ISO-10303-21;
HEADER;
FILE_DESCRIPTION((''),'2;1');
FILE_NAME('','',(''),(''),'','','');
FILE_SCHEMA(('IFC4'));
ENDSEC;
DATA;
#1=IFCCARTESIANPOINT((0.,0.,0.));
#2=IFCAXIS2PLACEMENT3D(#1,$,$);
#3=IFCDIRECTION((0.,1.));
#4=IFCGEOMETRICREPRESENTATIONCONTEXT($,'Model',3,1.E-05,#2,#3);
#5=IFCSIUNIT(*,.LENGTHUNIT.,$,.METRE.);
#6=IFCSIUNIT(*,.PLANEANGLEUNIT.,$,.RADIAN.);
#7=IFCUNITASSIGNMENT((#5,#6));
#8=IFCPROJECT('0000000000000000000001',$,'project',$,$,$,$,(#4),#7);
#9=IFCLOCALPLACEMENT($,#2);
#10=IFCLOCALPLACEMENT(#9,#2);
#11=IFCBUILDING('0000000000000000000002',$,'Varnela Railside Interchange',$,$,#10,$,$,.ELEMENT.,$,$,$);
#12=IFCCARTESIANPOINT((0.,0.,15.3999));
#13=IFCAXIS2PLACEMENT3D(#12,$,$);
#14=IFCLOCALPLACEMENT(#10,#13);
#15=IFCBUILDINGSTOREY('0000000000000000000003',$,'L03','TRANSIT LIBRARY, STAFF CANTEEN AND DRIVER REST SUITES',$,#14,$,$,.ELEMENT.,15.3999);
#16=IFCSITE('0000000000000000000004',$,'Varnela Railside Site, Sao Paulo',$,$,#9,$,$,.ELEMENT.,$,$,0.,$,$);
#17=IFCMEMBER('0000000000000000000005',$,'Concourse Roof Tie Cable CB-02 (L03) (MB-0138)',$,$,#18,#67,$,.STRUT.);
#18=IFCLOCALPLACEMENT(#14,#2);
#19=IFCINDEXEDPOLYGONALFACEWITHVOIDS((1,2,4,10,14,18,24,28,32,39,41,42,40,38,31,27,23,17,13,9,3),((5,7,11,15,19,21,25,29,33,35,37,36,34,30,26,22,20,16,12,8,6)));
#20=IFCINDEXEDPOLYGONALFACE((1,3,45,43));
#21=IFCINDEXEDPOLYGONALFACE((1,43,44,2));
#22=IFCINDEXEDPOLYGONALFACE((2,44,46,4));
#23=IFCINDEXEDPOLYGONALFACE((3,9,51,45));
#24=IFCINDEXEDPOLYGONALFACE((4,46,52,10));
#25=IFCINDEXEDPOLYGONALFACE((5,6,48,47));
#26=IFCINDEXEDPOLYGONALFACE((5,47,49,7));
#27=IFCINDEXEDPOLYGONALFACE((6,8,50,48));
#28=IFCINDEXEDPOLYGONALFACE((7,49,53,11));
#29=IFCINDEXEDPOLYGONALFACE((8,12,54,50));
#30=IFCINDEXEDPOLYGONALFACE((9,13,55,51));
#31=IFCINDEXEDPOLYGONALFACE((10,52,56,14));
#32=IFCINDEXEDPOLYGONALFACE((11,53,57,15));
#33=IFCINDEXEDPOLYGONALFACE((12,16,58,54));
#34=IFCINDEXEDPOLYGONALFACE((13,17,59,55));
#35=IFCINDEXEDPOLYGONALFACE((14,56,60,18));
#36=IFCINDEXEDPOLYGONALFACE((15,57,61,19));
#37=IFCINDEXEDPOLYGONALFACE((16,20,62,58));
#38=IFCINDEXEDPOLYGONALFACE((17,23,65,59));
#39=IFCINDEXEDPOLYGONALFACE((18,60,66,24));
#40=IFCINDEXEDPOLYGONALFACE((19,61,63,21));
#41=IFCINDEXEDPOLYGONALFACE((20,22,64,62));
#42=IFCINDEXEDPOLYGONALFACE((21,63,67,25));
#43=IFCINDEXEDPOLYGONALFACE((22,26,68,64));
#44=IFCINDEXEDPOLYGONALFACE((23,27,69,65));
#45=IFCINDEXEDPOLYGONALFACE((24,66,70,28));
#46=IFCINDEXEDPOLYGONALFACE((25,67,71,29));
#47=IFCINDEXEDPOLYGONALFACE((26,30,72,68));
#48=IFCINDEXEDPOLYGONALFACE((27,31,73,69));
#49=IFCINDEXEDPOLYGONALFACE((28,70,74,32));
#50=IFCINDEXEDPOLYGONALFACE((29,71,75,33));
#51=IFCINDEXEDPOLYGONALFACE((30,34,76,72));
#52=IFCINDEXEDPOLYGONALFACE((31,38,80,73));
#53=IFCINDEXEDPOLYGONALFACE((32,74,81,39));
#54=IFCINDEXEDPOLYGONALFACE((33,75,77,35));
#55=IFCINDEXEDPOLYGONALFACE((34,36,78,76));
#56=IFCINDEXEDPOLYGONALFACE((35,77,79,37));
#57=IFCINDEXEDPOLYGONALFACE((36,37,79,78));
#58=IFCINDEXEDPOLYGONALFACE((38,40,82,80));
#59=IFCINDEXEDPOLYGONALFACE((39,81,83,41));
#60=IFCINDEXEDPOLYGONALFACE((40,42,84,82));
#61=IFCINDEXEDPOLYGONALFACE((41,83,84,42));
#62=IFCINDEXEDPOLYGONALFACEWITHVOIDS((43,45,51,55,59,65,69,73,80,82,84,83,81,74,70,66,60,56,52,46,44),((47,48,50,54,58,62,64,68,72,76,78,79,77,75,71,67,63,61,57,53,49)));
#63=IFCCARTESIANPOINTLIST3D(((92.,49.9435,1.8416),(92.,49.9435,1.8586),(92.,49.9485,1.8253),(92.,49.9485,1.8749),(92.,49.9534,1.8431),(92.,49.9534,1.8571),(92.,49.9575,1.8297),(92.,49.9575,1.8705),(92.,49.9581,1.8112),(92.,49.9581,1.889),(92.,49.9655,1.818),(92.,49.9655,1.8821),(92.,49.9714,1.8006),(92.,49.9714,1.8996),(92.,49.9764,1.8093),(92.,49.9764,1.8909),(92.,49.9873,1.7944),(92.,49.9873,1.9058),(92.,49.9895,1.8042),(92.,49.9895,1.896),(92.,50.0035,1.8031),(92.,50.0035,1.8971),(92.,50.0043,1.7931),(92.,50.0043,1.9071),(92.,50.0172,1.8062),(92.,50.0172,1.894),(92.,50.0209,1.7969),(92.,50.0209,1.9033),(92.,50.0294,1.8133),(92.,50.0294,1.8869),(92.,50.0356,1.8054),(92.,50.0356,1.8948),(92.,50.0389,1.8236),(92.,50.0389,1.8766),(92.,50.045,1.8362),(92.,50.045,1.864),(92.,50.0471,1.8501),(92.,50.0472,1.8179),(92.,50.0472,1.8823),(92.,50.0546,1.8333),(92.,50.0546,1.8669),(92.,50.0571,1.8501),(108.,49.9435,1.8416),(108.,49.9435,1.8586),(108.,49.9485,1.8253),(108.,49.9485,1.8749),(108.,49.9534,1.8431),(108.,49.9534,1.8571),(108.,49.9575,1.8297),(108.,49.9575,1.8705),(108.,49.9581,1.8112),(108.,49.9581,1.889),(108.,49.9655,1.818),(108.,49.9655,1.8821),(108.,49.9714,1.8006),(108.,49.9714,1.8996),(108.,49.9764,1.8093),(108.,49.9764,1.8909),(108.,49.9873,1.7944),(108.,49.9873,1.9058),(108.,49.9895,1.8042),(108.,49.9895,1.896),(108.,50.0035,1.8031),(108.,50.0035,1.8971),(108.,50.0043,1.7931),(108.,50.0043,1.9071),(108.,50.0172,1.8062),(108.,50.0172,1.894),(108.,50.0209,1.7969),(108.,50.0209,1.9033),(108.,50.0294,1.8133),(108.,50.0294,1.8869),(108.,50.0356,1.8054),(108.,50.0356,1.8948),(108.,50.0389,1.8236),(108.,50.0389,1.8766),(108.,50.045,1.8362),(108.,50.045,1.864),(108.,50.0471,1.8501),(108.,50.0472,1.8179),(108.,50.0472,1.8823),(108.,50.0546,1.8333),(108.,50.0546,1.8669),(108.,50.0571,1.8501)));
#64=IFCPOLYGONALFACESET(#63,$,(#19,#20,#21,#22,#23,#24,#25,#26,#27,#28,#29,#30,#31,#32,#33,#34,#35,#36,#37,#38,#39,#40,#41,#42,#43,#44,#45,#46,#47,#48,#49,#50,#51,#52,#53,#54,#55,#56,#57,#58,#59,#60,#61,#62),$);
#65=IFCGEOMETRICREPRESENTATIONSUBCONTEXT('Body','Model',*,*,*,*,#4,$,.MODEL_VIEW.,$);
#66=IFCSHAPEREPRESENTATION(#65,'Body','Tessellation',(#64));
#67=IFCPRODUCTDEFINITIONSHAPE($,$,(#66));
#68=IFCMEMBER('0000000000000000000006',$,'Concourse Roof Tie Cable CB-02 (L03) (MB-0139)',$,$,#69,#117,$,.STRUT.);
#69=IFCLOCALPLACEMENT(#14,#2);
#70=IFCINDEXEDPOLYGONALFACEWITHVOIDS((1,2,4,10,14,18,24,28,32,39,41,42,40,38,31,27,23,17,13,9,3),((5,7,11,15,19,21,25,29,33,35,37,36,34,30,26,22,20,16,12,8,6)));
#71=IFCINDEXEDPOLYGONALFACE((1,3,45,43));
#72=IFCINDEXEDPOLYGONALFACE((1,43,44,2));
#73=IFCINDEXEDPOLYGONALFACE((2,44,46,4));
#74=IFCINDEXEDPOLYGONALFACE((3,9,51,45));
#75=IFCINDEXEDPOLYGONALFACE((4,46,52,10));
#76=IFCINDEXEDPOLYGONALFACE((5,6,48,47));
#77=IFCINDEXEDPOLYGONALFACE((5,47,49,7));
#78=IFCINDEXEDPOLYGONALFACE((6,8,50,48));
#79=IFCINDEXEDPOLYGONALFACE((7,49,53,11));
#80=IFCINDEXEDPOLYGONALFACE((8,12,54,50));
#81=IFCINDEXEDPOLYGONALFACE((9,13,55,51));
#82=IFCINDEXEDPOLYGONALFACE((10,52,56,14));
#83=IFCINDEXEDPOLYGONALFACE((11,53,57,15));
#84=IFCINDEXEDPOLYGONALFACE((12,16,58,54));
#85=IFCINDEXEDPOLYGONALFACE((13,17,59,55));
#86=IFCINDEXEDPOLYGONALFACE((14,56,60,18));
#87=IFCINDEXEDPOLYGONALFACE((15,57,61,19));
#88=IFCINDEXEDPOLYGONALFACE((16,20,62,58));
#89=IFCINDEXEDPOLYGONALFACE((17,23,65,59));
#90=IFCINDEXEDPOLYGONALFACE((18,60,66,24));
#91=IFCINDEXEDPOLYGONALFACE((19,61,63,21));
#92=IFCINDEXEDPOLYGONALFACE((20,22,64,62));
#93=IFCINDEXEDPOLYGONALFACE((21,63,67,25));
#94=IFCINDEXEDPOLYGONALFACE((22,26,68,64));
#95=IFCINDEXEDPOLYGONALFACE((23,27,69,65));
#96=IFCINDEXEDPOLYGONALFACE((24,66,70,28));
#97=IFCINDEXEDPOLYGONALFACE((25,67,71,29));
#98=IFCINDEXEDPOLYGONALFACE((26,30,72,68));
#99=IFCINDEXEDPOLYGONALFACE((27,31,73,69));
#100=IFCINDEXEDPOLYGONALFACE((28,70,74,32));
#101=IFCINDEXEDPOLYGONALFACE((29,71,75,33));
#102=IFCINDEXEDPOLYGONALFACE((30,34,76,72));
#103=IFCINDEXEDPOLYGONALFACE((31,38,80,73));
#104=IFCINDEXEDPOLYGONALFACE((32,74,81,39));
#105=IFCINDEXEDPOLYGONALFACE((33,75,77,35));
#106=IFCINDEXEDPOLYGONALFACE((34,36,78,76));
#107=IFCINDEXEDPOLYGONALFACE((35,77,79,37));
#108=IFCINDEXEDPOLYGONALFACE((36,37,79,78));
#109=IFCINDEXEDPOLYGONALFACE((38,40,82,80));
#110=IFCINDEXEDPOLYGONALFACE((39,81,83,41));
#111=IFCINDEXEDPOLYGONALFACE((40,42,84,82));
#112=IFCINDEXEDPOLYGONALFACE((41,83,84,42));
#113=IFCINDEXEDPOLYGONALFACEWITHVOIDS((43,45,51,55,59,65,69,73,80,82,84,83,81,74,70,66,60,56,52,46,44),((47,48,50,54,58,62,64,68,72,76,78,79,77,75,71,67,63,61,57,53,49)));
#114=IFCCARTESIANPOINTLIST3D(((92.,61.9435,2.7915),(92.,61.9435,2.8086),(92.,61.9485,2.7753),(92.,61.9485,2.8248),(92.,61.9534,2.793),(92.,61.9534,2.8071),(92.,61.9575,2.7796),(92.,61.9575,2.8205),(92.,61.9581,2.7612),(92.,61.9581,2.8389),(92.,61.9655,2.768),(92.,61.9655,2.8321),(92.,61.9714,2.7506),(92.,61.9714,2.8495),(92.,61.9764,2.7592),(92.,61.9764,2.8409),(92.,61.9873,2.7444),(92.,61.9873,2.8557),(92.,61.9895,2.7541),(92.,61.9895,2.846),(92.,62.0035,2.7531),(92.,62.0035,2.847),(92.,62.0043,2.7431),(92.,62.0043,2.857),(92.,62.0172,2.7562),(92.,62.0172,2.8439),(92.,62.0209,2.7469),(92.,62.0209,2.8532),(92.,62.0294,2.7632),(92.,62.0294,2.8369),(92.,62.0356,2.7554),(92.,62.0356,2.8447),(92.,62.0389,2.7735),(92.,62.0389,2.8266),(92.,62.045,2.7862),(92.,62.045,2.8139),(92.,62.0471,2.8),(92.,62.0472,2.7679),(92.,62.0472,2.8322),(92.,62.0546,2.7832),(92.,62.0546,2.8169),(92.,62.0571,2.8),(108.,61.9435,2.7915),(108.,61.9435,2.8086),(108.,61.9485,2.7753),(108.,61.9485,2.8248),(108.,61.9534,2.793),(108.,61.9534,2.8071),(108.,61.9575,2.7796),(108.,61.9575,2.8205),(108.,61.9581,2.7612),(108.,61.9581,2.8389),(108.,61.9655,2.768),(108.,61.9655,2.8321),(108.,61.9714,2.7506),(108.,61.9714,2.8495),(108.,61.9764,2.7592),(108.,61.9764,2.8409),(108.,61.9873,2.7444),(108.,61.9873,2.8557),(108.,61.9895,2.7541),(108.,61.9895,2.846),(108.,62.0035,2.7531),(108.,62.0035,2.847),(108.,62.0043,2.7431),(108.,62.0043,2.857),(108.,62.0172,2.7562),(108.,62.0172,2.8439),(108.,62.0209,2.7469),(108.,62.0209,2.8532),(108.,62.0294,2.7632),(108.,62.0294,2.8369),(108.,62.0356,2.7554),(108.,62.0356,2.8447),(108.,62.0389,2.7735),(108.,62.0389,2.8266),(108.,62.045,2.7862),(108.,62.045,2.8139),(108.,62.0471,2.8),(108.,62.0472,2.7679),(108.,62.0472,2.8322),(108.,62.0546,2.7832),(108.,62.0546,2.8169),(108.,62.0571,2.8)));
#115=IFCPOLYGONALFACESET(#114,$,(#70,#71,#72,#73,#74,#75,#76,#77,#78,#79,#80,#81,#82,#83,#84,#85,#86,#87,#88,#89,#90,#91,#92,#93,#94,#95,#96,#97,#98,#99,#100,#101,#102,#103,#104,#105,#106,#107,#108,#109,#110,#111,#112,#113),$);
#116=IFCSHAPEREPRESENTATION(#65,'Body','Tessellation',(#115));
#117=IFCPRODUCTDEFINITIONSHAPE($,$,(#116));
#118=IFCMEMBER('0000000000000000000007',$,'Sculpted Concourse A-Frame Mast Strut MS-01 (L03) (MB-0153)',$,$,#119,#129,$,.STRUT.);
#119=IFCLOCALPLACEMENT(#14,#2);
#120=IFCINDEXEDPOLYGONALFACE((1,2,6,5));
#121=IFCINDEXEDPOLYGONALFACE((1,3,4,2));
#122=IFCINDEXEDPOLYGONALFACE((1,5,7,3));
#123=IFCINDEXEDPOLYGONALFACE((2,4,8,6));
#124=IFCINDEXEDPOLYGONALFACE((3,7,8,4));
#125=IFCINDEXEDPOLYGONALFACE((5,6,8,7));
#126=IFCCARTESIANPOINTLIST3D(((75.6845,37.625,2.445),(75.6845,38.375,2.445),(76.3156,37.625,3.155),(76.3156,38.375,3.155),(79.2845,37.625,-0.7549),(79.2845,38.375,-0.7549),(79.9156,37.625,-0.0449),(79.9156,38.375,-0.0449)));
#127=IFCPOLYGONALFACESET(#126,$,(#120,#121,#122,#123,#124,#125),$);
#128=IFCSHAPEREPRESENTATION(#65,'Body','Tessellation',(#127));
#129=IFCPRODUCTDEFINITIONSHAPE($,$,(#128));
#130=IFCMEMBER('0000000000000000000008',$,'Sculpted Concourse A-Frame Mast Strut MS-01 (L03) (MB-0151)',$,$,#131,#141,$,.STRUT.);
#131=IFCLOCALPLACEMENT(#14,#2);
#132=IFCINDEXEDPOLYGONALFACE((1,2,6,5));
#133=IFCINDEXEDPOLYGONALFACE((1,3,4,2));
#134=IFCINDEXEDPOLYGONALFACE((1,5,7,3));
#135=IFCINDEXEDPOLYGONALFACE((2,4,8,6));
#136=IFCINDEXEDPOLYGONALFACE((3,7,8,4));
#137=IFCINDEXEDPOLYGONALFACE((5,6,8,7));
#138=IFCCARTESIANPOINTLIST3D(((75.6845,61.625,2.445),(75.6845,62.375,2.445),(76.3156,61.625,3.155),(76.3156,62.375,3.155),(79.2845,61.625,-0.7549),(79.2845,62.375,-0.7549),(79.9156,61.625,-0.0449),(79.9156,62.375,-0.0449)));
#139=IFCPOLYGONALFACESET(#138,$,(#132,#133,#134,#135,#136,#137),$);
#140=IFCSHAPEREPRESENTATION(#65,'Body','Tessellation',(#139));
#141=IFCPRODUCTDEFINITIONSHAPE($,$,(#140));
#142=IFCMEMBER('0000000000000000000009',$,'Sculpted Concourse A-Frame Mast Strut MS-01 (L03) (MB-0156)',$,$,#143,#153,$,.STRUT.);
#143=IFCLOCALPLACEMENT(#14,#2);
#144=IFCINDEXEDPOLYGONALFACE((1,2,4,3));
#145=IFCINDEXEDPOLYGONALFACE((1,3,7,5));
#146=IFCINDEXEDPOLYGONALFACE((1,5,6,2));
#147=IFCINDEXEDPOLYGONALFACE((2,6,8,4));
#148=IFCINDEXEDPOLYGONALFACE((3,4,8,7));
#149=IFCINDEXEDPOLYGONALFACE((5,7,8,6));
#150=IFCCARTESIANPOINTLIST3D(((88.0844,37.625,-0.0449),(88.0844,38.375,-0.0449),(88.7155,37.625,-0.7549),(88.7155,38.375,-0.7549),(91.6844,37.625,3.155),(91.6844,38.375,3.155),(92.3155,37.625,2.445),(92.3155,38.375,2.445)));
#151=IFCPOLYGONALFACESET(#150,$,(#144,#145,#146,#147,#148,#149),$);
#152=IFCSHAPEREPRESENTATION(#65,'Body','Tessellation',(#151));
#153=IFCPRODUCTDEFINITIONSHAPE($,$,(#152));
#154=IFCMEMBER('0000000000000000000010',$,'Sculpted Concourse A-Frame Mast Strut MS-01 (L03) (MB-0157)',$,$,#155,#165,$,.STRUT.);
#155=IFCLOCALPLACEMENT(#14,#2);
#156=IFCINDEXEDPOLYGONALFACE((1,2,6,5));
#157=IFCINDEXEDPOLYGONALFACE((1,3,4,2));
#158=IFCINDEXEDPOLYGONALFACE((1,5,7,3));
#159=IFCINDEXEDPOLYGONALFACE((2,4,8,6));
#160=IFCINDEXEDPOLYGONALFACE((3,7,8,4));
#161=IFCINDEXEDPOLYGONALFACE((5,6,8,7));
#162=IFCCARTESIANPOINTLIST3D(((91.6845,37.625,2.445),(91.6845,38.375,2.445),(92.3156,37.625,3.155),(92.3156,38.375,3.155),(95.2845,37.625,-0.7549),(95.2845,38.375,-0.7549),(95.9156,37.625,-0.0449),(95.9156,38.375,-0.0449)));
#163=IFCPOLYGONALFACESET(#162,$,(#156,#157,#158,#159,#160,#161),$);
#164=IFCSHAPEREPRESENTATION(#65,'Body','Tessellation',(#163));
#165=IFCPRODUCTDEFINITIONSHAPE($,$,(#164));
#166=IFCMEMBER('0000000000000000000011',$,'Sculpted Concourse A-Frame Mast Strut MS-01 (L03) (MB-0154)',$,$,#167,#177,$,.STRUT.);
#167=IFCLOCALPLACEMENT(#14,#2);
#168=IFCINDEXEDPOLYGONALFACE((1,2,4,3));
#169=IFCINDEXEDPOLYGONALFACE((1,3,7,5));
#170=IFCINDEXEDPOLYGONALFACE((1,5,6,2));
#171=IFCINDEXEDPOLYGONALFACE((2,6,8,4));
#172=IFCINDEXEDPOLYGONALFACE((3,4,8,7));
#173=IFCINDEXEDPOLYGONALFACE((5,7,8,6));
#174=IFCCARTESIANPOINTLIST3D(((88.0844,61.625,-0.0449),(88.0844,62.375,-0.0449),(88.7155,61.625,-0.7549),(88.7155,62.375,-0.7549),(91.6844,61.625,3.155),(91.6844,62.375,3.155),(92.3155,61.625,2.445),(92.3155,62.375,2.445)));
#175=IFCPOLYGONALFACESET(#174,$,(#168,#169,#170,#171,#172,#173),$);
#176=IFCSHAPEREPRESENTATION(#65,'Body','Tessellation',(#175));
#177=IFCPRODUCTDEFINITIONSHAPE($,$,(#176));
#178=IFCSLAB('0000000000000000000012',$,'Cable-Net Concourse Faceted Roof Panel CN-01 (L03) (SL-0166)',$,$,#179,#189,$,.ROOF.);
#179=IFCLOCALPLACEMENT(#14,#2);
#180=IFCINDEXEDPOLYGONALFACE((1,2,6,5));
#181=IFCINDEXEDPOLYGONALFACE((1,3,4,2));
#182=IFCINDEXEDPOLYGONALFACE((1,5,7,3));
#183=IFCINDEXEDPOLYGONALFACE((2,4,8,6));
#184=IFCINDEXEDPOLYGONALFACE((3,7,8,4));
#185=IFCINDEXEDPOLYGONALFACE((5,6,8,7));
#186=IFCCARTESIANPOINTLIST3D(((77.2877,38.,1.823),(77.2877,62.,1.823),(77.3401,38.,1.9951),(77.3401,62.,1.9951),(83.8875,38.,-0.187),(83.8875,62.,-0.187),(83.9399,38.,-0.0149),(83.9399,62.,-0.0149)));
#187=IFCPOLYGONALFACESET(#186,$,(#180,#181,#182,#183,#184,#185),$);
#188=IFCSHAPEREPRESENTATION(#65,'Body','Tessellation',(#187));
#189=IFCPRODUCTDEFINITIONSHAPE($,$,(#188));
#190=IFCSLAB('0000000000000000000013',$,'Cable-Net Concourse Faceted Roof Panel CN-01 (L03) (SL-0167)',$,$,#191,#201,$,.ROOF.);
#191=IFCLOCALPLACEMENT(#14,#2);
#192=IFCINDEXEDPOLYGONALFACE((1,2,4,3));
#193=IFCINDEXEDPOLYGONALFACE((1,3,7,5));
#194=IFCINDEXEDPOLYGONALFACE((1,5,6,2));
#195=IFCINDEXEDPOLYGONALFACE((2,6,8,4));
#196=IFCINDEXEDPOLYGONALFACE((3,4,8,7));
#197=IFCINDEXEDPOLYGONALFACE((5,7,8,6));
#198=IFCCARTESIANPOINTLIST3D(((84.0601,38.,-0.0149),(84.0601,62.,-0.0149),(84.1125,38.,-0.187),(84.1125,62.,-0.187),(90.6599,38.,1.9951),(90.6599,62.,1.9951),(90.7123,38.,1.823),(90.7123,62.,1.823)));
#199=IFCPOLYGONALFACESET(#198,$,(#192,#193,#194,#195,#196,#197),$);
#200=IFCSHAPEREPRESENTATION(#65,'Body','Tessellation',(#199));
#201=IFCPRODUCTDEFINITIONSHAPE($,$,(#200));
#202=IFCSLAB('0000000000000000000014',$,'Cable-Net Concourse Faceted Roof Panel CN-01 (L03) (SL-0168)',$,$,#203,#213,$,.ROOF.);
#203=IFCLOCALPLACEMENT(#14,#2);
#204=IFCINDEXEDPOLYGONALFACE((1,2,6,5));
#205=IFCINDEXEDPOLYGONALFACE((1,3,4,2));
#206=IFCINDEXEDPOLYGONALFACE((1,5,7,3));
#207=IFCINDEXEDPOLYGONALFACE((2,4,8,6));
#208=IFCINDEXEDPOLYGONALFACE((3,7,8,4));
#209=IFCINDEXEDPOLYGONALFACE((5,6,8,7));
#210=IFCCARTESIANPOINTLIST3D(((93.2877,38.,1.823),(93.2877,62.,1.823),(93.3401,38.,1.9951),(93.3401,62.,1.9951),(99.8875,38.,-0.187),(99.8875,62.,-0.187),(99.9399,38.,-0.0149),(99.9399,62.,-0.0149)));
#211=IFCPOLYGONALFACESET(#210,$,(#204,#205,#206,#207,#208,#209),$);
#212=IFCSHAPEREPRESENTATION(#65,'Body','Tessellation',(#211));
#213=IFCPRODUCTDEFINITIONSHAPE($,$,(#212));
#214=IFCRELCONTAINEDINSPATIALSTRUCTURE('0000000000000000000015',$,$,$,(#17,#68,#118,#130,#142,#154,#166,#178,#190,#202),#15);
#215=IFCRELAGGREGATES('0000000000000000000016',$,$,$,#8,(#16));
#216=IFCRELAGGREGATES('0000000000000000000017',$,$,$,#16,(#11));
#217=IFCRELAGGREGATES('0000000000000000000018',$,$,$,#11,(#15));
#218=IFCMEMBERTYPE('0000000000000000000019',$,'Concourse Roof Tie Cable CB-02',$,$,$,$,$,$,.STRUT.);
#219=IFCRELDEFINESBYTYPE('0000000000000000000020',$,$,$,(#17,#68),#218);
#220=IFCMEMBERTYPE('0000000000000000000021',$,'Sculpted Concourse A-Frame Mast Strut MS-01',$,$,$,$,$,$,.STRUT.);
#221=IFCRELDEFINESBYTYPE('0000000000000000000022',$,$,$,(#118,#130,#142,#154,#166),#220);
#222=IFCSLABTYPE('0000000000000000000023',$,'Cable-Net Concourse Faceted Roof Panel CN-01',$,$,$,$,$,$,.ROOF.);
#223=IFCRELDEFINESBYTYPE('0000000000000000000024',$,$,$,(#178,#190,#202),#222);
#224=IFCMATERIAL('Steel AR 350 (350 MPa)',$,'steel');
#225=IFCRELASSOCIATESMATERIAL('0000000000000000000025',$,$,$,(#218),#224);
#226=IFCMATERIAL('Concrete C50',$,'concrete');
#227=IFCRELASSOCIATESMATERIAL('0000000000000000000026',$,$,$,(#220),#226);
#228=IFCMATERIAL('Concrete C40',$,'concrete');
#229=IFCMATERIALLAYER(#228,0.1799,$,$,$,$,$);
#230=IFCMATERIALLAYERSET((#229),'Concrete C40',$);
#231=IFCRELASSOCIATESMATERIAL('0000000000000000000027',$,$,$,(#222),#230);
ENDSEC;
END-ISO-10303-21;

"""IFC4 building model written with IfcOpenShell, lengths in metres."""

from ifc_helpers import new_model, si_unit, direction, frame, origin, origin_2d, place, context, subcontext, project, spatial, polyline, rectangle, hollow_circle, outline, extrude, material, layer, layer_set, material_profile, profile_set, type_object, element, save


model = new_model("IFC4")

# Units and contexts
model_context = context("Model", 3, precision=1e-05, world=origin(), true_north=direction((0.0, 1.0)))
body_context = subcontext(model_context, "Body", "Model", "MODEL_VIEW")
ifc_project = project(units=[si_unit("LENGTHUNIT", "METRE"), si_unit("PLANEANGLEUNIT", "RADIAN")], contexts=[model_context])

# Site, building, storey
site_placement = place(None, origin())
site = spatial("IfcSite", under=ifc_project, at=site_placement, Name="Varnela Railside Site, Sao Paulo", CompositionType="ELEMENT", RefElevation=0.0)
building_placement = place(site_placement, origin())
building = spatial("IfcBuilding", under=site, at=building_placement, Name="Varnela Railside Interchange", CompositionType="ELEMENT")
storey_placement = place(building_placement, frame((0.0, 0.0, 15.3999)))
storey = spatial("IfcBuildingStorey", under=building, at=storey_placement, Name="L03", Description="TRANSIT LIBRARY, STAFF CANTEEN AND DRIVER REST SUITES", CompositionType="ELEMENT", Elevation=15.3999)

# Shared definitions
ifc_material_1 = material(Name="Concrete C40", Category="concrete")

# Members
ifc_material_2 = material(Name="Steel AR 350 (350 MPa)", Category="steel")
ifc_material_profile_1 = material_profile(ifc_material_2, hollow_circle(Radius=0.0571, WallThickness=0.01, at=origin_2d()), Name="CHS 114.3x10")
ifc_profile_set_1 = profile_set([ifc_material_profile_1], Name="Steel AR 350 (350 MPa)")
member_type_1 = type_object("IfcMemberType", Name="Concourse Roof Tie Cable CB-02", PredefinedType="STRUT", material=ifc_profile_set_1)
for number, where, z_axis, x_axis, name in (
    (1, (92.0, 50.0, 1.8501), (1.0, 0.0, 0.0), (0.0, 1.0, 0.0), "Concourse Roof Tie Cable CB-02 (L03) (MB-0138)"),
    (2, (92.0, 62.0, 2.8), (1.0, 0.0, 0.0), (0.0, 1.0, 0.0), "Concourse Roof Tie Cable CB-02 (L03) (MB-0139)"),
):
    element("IfcMember", number, at=place(storey_placement, frame(where, z_axis=z_axis, x_axis=x_axis)), inside=storey, type_object=member_type_1, Name=name, PredefinedType="STRUT", context=body_context, shape_type="SweptSolid", body=[
        extrude(hollow_circle(Radius=0.0571, WallThickness=0.01, at=origin_2d()), origin(), (0.0, 0.0, 1.0), 16.0),
    ])
ifc_material_3 = material(Name="Concrete C50", Category="concrete")
ifc_material_profile_2 = material_profile(ifc_material_3, rectangle(XDim=0.75, YDim=0.95, at=origin_2d()), Name="RC 750x950")
ifc_profile_set_2 = profile_set([ifc_material_profile_2], Name="Concrete C50")
member_type_2 = type_object("IfcMemberType", Name="Sculpted Concourse A-Frame Mast Strut MS-01", PredefinedType="STRUT", material=ifc_profile_set_2)
for number, where, z_axis, x_axis, name in (
    (3, (79.6001, 38.0, -0.3999), (-0.747423, 0.0, 0.664348), (0.0, -1.0, 0.0), "Sculpted Concourse A-Frame Mast Strut MS-01 (L03) (MB-0153)"),
    (4, (79.6001, 62.0, -0.3999), (-0.747423, 0.0, 0.664348), (0.0, -1.0, 0.0), "Sculpted Concourse A-Frame Mast Strut MS-01 (L03) (MB-0151)"),
    (5, (88.3999, 38.0, -0.3999), (0.747423, 0.0, 0.664348), (0.0, 1.0, 0.0), "Sculpted Concourse A-Frame Mast Strut MS-01 (L03) (MB-0156)"),
    (6, (95.6001, 38.0, -0.3999), (-0.747423, 0.0, 0.664348), (0.0, -1.0, 0.0), "Sculpted Concourse A-Frame Mast Strut MS-01 (L03) (MB-0157)"),
    (7, (88.3999, 62.0, -0.3999), (0.747423, 0.0, 0.664348), (0.0, 1.0, 0.0), "Sculpted Concourse A-Frame Mast Strut MS-01 (L03) (MB-0154)"),
):
    element("IfcMember", number, at=place(storey_placement, frame(where, z_axis=z_axis, x_axis=x_axis)), inside=storey, type_object=member_type_2, Name=name, PredefinedType="STRUT", context=body_context, shape_type="SweptSolid", body=[
        extrude(rectangle(XDim=0.75, YDim=0.95, at=origin_2d()), origin(), (0.0, 0.0, 1.0), 4.8167),
    ])

# Slabs
ifc_layer = layer(ifc_material_1, 0.1799)
ifc_layer_set = layer_set([ifc_layer], Name="Concrete C40")
slab_type = type_object("IfcSlabType", Name="Cable-Net Concourse Faceted Roof Panel CN-01", PredefinedType="ROOF", material=ifc_layer_set)
for number, where, z_axis, x_axis, name in (
    (8, (77.3401, 38.0, 1.9951), (0.291342, 0.0, 0.956619), (0.956619, 0.0, -0.291342), "Cable-Net Concourse Faceted Roof Panel CN-01 (L03) (SL-0166)"),
    (9, (84.0601, 38.0, -0.0149), (-0.291342, 0.0, 0.956619), (0.956619, 0.0, 0.291342), "Cable-Net Concourse Faceted Roof Panel CN-01 (L03) (SL-0167)"),
    (10, (93.3401, 38.0, 1.9951), (0.291342, 0.0, 0.956619), (0.956619, 0.0, -0.291342), "Cable-Net Concourse Faceted Roof Panel CN-01 (L03) (SL-0168)"),
):
    element("IfcSlab", number, at=place(storey_placement, frame(where, z_axis=z_axis, x_axis=x_axis)), inside=storey, type_object=slab_type, Name=name, PredefinedType="ROOF", context=body_context, shape_type="SweptSolid", body=[
        extrude(outline(polyline([(0.0, 0.0), (6.8991, 0.0), (6.8991, 24.0), (0.0, 24.0), (0.0, 0.0)])), origin(), (0.0, 0.0, -1.0), 0.1799),
    ])

save(model, "model.ifc")
